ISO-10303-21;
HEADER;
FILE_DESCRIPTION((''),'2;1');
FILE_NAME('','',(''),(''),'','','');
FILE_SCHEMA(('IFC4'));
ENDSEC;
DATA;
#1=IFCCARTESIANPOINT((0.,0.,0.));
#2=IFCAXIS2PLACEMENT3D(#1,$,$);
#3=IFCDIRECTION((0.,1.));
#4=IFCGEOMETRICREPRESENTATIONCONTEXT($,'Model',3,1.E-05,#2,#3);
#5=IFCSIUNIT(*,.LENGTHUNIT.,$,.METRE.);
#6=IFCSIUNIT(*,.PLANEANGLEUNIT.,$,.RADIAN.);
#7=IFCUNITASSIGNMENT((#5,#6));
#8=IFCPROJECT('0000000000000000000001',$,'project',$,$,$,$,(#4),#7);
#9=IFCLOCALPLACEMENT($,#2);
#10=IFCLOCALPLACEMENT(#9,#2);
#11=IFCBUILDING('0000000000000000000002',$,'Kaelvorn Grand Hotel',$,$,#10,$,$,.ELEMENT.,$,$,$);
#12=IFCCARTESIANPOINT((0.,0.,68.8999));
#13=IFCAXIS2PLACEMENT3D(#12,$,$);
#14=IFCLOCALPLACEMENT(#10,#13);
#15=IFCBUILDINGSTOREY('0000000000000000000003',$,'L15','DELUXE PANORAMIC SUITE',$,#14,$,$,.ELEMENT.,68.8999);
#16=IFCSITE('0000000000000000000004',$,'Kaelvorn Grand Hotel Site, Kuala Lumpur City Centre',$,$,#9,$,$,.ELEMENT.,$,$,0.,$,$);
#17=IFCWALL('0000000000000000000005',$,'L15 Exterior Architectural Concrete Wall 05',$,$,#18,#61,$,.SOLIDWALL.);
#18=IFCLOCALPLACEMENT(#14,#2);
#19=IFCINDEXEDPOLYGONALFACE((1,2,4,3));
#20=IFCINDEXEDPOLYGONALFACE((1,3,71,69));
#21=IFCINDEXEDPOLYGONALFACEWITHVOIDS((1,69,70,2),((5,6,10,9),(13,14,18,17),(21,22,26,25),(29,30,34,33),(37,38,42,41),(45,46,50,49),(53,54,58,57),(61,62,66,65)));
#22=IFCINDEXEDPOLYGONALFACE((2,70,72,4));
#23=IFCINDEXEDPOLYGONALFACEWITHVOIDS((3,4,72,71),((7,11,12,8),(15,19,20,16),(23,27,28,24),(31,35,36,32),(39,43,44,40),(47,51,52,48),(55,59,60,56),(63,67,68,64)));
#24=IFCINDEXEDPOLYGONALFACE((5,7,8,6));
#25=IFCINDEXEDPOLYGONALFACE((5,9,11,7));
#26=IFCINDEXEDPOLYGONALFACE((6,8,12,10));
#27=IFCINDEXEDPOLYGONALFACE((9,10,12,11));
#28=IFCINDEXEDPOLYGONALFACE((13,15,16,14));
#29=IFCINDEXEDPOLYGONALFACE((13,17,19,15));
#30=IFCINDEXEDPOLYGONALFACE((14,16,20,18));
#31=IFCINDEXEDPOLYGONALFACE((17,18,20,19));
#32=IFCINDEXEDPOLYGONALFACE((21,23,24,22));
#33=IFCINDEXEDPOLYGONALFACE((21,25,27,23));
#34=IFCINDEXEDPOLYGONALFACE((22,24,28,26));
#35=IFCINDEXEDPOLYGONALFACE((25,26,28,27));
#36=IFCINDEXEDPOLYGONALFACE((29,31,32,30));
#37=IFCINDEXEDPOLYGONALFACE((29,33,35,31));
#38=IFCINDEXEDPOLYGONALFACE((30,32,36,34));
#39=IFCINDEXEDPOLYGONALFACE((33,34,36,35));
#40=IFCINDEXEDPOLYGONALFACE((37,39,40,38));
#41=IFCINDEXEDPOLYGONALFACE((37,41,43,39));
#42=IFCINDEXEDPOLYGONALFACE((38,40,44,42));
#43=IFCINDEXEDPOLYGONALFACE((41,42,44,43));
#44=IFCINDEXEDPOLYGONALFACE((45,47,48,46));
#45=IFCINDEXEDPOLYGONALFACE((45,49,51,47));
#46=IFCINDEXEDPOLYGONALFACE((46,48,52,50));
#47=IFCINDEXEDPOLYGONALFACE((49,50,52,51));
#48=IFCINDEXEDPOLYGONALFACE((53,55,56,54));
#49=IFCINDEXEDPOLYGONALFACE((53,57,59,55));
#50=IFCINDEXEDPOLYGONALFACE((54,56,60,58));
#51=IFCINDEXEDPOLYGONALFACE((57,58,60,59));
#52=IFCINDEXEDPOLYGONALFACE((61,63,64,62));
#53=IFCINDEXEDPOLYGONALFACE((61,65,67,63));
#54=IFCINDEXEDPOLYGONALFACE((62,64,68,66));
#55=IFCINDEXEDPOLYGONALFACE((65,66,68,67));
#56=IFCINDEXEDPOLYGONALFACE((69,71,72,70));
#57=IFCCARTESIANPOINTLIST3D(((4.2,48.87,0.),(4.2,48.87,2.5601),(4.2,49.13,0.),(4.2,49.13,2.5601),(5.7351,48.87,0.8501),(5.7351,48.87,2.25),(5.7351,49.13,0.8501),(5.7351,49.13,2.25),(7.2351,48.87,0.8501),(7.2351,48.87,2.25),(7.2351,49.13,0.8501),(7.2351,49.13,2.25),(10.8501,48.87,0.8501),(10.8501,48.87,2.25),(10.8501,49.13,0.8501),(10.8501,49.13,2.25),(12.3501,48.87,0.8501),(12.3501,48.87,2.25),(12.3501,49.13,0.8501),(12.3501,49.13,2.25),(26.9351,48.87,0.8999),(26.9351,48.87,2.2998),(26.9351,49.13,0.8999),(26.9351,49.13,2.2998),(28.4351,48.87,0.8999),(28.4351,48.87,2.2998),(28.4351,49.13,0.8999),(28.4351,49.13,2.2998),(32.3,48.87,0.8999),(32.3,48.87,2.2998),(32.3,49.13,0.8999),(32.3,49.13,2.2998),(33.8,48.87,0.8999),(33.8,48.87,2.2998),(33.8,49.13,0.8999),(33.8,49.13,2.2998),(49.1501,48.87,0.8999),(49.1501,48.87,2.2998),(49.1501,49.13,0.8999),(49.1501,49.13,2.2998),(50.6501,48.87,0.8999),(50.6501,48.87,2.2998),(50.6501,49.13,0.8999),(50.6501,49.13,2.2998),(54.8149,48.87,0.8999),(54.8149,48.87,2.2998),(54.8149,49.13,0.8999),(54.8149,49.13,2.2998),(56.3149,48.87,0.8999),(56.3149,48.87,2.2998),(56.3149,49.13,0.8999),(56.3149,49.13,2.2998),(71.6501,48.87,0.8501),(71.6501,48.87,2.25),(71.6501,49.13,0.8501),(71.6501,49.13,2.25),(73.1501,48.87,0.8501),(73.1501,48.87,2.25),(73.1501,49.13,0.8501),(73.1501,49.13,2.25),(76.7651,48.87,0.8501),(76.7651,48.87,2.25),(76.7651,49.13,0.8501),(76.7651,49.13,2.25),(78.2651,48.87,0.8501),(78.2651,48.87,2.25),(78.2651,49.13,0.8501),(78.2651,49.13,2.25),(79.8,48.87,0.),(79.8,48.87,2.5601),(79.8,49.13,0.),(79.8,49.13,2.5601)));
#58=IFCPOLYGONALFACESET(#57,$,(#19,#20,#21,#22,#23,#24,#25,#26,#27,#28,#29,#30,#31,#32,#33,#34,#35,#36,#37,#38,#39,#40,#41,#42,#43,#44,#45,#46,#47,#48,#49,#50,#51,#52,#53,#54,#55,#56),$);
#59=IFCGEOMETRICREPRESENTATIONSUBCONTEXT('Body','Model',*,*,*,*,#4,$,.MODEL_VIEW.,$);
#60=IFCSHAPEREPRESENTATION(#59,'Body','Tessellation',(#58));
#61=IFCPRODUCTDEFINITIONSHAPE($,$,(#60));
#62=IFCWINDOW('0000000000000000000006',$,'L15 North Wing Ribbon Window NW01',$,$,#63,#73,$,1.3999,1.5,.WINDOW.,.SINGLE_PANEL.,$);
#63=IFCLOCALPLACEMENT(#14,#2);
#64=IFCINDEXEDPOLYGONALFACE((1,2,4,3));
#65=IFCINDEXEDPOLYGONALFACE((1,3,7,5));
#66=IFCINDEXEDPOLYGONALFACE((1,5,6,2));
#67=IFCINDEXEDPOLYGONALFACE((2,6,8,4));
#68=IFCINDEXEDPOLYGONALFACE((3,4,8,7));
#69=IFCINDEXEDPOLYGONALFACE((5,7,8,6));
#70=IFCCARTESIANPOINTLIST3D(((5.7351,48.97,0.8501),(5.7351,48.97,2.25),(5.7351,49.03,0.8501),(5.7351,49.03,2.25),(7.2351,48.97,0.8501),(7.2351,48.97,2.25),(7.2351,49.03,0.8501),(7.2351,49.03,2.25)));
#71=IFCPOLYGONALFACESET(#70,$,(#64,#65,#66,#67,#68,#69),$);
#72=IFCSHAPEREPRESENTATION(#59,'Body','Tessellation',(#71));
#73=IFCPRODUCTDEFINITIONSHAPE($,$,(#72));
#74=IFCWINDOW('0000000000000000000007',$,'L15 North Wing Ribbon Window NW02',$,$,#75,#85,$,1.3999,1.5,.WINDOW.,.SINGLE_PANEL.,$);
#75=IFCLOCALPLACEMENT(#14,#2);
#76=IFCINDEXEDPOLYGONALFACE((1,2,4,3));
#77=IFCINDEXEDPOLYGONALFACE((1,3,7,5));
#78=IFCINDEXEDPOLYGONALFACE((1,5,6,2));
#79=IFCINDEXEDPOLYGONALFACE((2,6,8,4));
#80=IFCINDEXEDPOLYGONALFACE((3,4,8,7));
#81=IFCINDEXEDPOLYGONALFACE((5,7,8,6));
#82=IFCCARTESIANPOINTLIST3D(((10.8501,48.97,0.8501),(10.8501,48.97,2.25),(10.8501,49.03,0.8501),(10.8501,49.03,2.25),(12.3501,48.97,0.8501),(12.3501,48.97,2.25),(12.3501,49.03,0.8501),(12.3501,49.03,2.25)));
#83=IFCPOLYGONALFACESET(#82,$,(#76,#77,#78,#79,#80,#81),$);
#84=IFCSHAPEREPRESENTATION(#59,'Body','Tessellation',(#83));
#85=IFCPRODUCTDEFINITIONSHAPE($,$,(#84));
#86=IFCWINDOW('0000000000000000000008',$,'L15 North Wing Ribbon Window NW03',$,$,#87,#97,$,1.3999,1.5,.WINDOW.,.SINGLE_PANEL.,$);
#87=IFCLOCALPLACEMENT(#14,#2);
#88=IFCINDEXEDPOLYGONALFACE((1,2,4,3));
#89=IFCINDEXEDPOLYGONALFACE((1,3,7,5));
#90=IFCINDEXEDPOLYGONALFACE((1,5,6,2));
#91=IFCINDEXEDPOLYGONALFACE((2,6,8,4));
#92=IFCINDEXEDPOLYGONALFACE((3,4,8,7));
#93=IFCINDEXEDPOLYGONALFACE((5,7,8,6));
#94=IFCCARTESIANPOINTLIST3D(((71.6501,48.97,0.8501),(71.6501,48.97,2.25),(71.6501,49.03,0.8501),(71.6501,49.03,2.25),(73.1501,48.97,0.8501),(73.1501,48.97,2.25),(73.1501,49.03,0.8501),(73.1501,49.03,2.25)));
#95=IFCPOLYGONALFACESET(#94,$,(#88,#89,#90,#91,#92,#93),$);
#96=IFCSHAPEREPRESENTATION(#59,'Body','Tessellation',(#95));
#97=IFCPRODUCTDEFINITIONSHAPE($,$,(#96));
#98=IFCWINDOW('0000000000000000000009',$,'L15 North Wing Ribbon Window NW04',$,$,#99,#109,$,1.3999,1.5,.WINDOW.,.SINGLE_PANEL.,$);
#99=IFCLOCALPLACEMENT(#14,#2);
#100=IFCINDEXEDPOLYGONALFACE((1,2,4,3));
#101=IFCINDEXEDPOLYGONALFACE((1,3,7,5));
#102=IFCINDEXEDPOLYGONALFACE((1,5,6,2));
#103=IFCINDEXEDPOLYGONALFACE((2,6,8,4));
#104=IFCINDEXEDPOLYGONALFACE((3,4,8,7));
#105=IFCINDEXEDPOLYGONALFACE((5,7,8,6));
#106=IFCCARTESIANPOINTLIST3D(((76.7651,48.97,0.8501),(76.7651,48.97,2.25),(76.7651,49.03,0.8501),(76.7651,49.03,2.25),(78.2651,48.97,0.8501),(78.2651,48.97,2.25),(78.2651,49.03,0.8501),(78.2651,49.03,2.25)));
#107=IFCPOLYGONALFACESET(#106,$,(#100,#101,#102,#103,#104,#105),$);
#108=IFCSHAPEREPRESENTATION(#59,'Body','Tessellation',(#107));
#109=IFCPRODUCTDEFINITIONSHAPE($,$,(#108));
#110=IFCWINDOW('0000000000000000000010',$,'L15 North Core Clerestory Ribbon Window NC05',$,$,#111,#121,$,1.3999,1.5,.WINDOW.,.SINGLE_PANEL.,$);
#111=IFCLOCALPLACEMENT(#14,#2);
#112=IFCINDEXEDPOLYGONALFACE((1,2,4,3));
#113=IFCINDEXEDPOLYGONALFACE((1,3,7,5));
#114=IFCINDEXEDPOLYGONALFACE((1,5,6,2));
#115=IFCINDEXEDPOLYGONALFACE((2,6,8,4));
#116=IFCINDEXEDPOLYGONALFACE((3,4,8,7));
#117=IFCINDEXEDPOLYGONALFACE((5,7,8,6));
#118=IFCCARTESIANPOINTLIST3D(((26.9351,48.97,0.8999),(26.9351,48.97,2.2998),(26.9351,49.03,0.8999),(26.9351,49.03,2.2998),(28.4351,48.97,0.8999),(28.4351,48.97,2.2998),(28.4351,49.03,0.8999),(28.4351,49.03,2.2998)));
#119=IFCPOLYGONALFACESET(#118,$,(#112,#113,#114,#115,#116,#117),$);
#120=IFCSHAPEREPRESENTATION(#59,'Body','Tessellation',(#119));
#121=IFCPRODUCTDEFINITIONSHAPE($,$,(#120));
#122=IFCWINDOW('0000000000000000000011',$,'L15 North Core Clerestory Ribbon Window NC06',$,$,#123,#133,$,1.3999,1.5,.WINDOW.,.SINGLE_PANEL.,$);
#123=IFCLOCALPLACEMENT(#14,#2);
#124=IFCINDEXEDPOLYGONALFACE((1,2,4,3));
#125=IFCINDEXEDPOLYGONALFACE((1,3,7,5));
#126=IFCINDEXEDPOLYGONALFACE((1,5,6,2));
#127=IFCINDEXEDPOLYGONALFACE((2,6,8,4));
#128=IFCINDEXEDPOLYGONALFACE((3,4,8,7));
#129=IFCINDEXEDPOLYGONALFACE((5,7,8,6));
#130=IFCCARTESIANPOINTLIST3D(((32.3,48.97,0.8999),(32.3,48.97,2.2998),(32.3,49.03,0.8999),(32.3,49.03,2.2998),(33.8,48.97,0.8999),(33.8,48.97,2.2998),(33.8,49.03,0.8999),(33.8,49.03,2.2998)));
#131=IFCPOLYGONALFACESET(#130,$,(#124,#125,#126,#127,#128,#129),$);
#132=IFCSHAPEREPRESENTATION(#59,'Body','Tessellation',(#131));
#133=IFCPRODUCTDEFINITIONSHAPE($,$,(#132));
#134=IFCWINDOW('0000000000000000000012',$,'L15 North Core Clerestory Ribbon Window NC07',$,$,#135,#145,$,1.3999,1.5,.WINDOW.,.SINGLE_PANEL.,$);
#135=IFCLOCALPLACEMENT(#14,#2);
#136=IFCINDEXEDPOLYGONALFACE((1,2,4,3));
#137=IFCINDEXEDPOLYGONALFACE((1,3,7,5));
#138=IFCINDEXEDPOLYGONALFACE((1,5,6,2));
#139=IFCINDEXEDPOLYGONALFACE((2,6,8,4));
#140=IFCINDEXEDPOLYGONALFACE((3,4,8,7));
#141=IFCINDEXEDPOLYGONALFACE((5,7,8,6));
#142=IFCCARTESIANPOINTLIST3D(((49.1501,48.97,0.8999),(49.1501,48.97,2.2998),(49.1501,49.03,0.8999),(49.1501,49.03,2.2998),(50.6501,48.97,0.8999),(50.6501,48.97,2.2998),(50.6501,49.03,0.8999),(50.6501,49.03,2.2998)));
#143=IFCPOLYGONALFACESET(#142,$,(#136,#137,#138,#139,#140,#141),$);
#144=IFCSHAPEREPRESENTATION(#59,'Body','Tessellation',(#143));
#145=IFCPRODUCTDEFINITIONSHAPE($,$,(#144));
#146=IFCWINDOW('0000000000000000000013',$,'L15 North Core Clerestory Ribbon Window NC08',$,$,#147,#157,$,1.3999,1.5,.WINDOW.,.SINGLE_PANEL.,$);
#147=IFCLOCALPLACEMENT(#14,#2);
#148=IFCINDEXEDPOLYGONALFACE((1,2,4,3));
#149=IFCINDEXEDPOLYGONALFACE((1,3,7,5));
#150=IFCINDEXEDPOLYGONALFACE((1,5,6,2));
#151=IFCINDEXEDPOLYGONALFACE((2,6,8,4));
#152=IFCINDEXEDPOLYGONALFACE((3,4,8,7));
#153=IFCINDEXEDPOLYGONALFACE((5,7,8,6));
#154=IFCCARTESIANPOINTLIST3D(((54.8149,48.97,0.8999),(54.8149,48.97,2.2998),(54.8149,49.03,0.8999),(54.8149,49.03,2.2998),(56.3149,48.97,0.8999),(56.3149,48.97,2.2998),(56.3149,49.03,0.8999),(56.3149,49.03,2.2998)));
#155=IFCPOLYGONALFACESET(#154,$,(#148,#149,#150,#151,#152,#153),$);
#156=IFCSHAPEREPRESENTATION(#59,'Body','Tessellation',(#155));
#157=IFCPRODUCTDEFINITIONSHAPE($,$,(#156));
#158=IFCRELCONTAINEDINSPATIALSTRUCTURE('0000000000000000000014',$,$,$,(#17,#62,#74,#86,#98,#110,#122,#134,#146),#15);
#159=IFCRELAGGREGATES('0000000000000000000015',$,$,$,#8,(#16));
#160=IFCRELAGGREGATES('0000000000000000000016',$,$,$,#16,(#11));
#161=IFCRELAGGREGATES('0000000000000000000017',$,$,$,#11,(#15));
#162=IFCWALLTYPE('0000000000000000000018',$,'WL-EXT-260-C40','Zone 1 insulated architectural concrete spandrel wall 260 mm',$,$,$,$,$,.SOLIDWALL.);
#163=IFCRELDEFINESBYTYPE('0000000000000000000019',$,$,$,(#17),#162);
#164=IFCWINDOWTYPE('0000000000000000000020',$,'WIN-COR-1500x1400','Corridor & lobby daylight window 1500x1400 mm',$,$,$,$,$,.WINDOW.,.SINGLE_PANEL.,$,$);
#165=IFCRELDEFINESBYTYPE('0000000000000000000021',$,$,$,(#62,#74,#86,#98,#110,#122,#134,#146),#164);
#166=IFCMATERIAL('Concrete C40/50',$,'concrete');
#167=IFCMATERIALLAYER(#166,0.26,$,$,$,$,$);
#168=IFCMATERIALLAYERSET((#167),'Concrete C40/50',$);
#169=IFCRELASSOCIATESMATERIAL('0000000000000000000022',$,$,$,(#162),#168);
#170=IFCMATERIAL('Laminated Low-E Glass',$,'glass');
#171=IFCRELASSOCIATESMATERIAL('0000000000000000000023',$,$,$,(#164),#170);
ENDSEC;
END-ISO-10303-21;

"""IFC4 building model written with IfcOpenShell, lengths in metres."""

from ifc_helpers import new_model, si_unit, direction, frame, frame_2d, origin, place, context, subcontext, project, spatial, rectangle, extrude, material, layer, layer_set, type_object, element, fill, save


model = new_model("IFC4")

# Units and contexts
model_context = context("Model", 3, precision=1e-05, world=origin(), true_north=direction((0.0, 1.0)))
body_context = subcontext(model_context, "Body", "Model", "MODEL_VIEW")
ifc_project = project(units=[si_unit("LENGTHUNIT", "METRE"), si_unit("PLANEANGLEUNIT", "RADIAN")], contexts=[model_context])

# Site, building, storey
site_placement = place(None, origin())
site = spatial("IfcSite", under=ifc_project, at=site_placement, Name="Kaelvorn Grand Hotel Site, Kuala Lumpur City Centre", CompositionType="ELEMENT", RefElevation=0.0)
building_placement = place(site_placement, origin())
building = spatial("IfcBuilding", under=site, at=building_placement, Name="Kaelvorn Grand Hotel", CompositionType="ELEMENT")
storey_placement = place(building_placement, frame((0.0, 0.0, 68.8999)))
storey = spatial("IfcBuildingStorey", under=building, at=storey_placement, Name="L15", Description="DELUXE PANORAMIC SUITE", CompositionType="ELEMENT", Elevation=68.8999)

# Shared definitions
ifc_material_1 = material(Name="Concrete C40/50", Category="concrete")
ifc_layer_1 = layer(ifc_material_1, 0.26)
ifc_layer_set_1 = layer_set([ifc_layer_1], Name="Concrete C40/50")
wall_type = type_object("IfcWallType", Name="WL-EXT-260-C40", Description="Zone 1 insulated architectural concrete spandrel wall 260 mm", PredefinedType="SOLIDWALL", material=ifc_layer_set_1)

# Wall, openings, windows
wall_1_placement = place(storey_placement, frame((79.8, 49.0, 0.0), z_axis=(0.0, 0.0, 1.0), x_axis=(-1.0, 0.0, 0.0)))
wall_1 = element("IfcWall", 1, at=wall_1_placement, inside=storey, type_object=wall_type, Name="L15 Exterior Architectural Concrete Wall 05", PredefinedType="SOLIDWALL", context=body_context, shape_type="SweptSolid", body=[
    extrude(rectangle(XDim=75.6001, YDim=0.26, at=frame_2d((37.8, 0.0))), origin(), (0.0, 0.0, 1.0), 2.5601),
])
opening_1_placement = place(wall_1_placement, frame((72.5649, 0.0, 0.8501)))
opening_1 = element("IfcOpeningElement", 2, at=opening_1_placement, cuts=wall_1, PredefinedType="OPENING", context=body_context, shape_type="SweptSolid", body=[
    extrude(rectangle(XDim=1.5, YDim=1.3999, at=frame_2d((0.75, 0.7))), frame((0.0, 0.1401, 0.0), z_axis=(0.0, -1.0, 0.0), x_axis=(1.0, 0.0, 0.0)), (0.0, 0.0, 1.0), 0.28),
])
opening_2_placement = place(wall_1_placement, frame((67.45, 0.0, 0.8501)))
opening_2 = element("IfcOpeningElement", 3, at=opening_2_placement, cuts=wall_1, PredefinedType="OPENING", context=body_context, shape_type="SweptSolid", body=[
    extrude(rectangle(XDim=1.5, YDim=1.3999, at=frame_2d((0.75, 0.7))), frame((0.0, 0.1401, 0.0), z_axis=(0.0, -1.0, 0.0), x_axis=(1.0, 0.0, 0.0)), (0.0, 0.0, 1.0), 0.28),
])
opening_3_placement = place(wall_1_placement, frame((6.6499, 0.0, 0.8501)))
opening_3 = element("IfcOpeningElement", 4, at=opening_3_placement, cuts=wall_1, PredefinedType="OPENING", context=body_context, shape_type="SweptSolid", body=[
    extrude(rectangle(XDim=1.5, YDim=1.3999, at=frame_2d((0.75, 0.7))), frame((0.0, 0.1401, 0.0), z_axis=(0.0, -1.0, 0.0), x_axis=(1.0, 0.0, 0.0)), (0.0, 0.0, 1.0), 0.28),
])
opening_4_placement = place(wall_1_placement, frame((1.5349, 0.0, 0.8501)))
opening_4 = element("IfcOpeningElement", 5, at=opening_4_placement, cuts=wall_1, PredefinedType="OPENING", context=body_context, shape_type="SweptSolid", body=[
    extrude(rectangle(XDim=1.5, YDim=1.3999, at=frame_2d((0.75, 0.7))), frame((0.0, 0.1401, 0.0), z_axis=(0.0, -1.0, 0.0), x_axis=(1.0, 0.0, 0.0)), (0.0, 0.0, 1.0), 0.28),
])
opening_5_placement = place(wall_1_placement, frame((51.365, 0.0, 0.8999)))
opening_5 = element("IfcOpeningElement", 6, at=opening_5_placement, cuts=wall_1, PredefinedType="OPENING", context=body_context, shape_type="SweptSolid", body=[
    extrude(rectangle(XDim=1.5, YDim=1.3999, at=frame_2d((0.75, 0.7))), frame((0.0, 0.1401, 0.0), z_axis=(0.0, -1.0, 0.0), x_axis=(1.0, 0.0, 0.0)), (0.0, 0.0, 1.0), 0.28),
])
opening_6_placement = place(wall_1_placement, frame((46.0, 0.0, 0.8999)))
opening_6 = element("IfcOpeningElement", 7, at=opening_6_placement, cuts=wall_1, PredefinedType="OPENING", context=body_context, shape_type="SweptSolid", body=[
    extrude(rectangle(XDim=1.5, YDim=1.3999, at=frame_2d((0.75, 0.7))), frame((0.0, 0.1401, 0.0), z_axis=(0.0, -1.0, 0.0), x_axis=(1.0, 0.0, 0.0)), (0.0, 0.0, 1.0), 0.28),
])
opening_7_placement = place(wall_1_placement, frame((29.1499, 0.0, 0.8999)))
opening_7 = element("IfcOpeningElement", 8, at=opening_7_placement, cuts=wall_1, PredefinedType="OPENING", context=body_context, shape_type="SweptSolid", body=[
    extrude(rectangle(XDim=1.5, YDim=1.3999, at=frame_2d((0.75, 0.7))), frame((0.0, 0.1401, 0.0), z_axis=(0.0, -1.0, 0.0), x_axis=(1.0, 0.0, 0.0)), (0.0, 0.0, 1.0), 0.28),
])
opening_8_placement = place(wall_1_placement, frame((23.4851, 0.0, 0.8999)))
opening_8 = element("IfcOpeningElement", 9, at=opening_8_placement, cuts=wall_1, PredefinedType="OPENING", context=body_context, shape_type="SweptSolid", body=[
    extrude(rectangle(XDim=1.5, YDim=1.3999, at=frame_2d((0.75, 0.7))), frame((0.0, 0.1401, 0.0), z_axis=(0.0, -1.0, 0.0), x_axis=(1.0, 0.0, 0.0)), (0.0, 0.0, 1.0), 0.28),
])
ifc_material_2 = material(Name="Laminated Low-E Glass", Category="glass")
window_type = type_object("IfcWindowType", Name="WIN-COR-1500x1400", Description="Corridor & lobby daylight window 1500x1400 mm", PartitioningType="SINGLE_PANEL", PredefinedType="WINDOW", material=ifc_material_2)
window_1_placement = place(opening_1_placement, origin())
window_1 = element("IfcWindow", 10, at=window_1_placement, inside=storey, type_object=window_type, Name="L15 North Wing Ribbon Window NW01", OverallHeight=1.3999, OverallWidth=1.5, PartitioningType="SINGLE_PANEL", PredefinedType="WINDOW", context=body_context, shape_type="SweptSolid", body=[
    extrude(rectangle(XDim=1.5, YDim=1.3999, at=frame_2d((0.75, 0.7))), frame((0.0, 0.03, 0.0), z_axis=(0.0, -1.0, 0.0), x_axis=(1.0, 0.0, 0.0)), (0.0, 0.0, 1.0), 0.0601),
])
fill(opening_1, window_1)
window_2_placement = place(opening_2_placement, origin())
window_2 = element("IfcWindow", 11, at=window_2_placement, inside=storey, type_object=window_type, Name="L15 North Wing Ribbon Window NW02", OverallHeight=1.3999, OverallWidth=1.5, PartitioningType="SINGLE_PANEL", PredefinedType="WINDOW", context=body_context, shape_type="SweptSolid", body=[
    extrude(rectangle(XDim=1.5, YDim=1.3999, at=frame_2d((0.75, 0.7))), frame((0.0, 0.03, 0.0), z_axis=(0.0, -1.0, 0.0), x_axis=(1.0, 0.0, 0.0)), (0.0, 0.0, 1.0), 0.0601),
])
fill(opening_2, window_2)
window_3_placement = place(opening_3_placement, origin())
window_3 = element("IfcWindow", 12, at=window_3_placement, inside=storey, type_object=window_type, Name="L15 North Wing Ribbon Window NW03", OverallHeight=1.3999, OverallWidth=1.5, PartitioningType="SINGLE_PANEL", PredefinedType="WINDOW", context=body_context, shape_type="SweptSolid", body=[
    extrude(rectangle(XDim=1.5, YDim=1.3999, at=frame_2d((0.75, 0.7))), frame((0.0, 0.03, 0.0), z_axis=(0.0, -1.0, 0.0), x_axis=(1.0, 0.0, 0.0)), (0.0, 0.0, 1.0), 0.0601),
])
fill(opening_3, window_3)
window_4_placement = place(opening_4_placement, origin())
window_4 = element("IfcWindow", 13, at=window_4_placement, inside=storey, type_object=window_type, Name="L15 North Wing Ribbon Window NW04", OverallHeight=1.3999, OverallWidth=1.5, PartitioningType="SINGLE_PANEL", PredefinedType="WINDOW", context=body_context, shape_type="SweptSolid", body=[
    extrude(rectangle(XDim=1.5, YDim=1.3999, at=frame_2d((0.75, 0.7))), frame((0.0, 0.03, 0.0), z_axis=(0.0, -1.0, 0.0), x_axis=(1.0, 0.0, 0.0)), (0.0, 0.0, 1.0), 0.0601),
])
fill(opening_4, window_4)
window_5_placement = place(opening_5_placement, origin())
window_5 = element("IfcWindow", 14, at=window_5_placement, inside=storey, type_object=window_type, Name="L15 North Core Clerestory Ribbon Window NC05", OverallHeight=1.3999, OverallWidth=1.5, PartitioningType="SINGLE_PANEL", PredefinedType="WINDOW", context=body_context, shape_type="SweptSolid", body=[
    extrude(rectangle(XDim=1.5, YDim=1.3999, at=frame_2d((0.75, 0.7))), frame((0.0, 0.03, 0.0), z_axis=(0.0, -1.0, 0.0), x_axis=(1.0, 0.0, 0.0)), (0.0, 0.0, 1.0), 0.0601),
])
fill(opening_5, window_5)
window_6_placement = place(opening_6_placement, origin())
window_6 = element("IfcWindow", 15, at=window_6_placement, inside=storey, type_object=window_type, Name="L15 North Core Clerestory Ribbon Window NC06", OverallHeight=1.3999, OverallWidth=1.5, PartitioningType="SINGLE_PANEL", PredefinedType="WINDOW", context=body_context, shape_type="SweptSolid", body=[
    extrude(rectangle(XDim=1.5, YDim=1.3999, at=frame_2d((0.75, 0.7))), frame((0.0, 0.03, 0.0), z_axis=(0.0, -1.0, 0.0), x_axis=(1.0, 0.0, 0.0)), (0.0, 0.0, 1.0), 0.0601),
])
fill(opening_6, window_6)
window_7_placement = place(opening_7_placement, origin())
window_7 = element("IfcWindow", 16, at=window_7_placement, inside=storey, type_object=window_type, Name="L15 North Core Clerestory Ribbon Window NC07", OverallHeight=1.3999, OverallWidth=1.5, PartitioningType="SINGLE_PANEL", PredefinedType="WINDOW", context=body_context, shape_type="SweptSolid", body=[
    extrude(rectangle(XDim=1.5, YDim=1.3999, at=frame_2d((0.75, 0.7))), frame((0.0, 0.03, 0.0), z_axis=(0.0, -1.0, 0.0), x_axis=(1.0, 0.0, 0.0)), (0.0, 0.0, 1.0), 0.0601),
])
fill(opening_7, window_7)
window_8_placement = place(opening_8_placement, origin())
window_8 = element("IfcWindow", 17, at=window_8_placement, inside=storey, type_object=window_type, Name="L15 North Core Clerestory Ribbon Window NC08", OverallHeight=1.3999, OverallWidth=1.5, PartitioningType="SINGLE_PANEL", PredefinedType="WINDOW", context=body_context, shape_type="SweptSolid", body=[
    extrude(rectangle(XDim=1.5, YDim=1.3999, at=frame_2d((0.75, 0.7))), frame((0.0, 0.03, 0.0), z_axis=(0.0, -1.0, 0.0), x_axis=(1.0, 0.0, 0.0)), (0.0, 0.0, 1.0), 0.0601),
])
fill(opening_8, window_8)

save(model, "model.ifc")
